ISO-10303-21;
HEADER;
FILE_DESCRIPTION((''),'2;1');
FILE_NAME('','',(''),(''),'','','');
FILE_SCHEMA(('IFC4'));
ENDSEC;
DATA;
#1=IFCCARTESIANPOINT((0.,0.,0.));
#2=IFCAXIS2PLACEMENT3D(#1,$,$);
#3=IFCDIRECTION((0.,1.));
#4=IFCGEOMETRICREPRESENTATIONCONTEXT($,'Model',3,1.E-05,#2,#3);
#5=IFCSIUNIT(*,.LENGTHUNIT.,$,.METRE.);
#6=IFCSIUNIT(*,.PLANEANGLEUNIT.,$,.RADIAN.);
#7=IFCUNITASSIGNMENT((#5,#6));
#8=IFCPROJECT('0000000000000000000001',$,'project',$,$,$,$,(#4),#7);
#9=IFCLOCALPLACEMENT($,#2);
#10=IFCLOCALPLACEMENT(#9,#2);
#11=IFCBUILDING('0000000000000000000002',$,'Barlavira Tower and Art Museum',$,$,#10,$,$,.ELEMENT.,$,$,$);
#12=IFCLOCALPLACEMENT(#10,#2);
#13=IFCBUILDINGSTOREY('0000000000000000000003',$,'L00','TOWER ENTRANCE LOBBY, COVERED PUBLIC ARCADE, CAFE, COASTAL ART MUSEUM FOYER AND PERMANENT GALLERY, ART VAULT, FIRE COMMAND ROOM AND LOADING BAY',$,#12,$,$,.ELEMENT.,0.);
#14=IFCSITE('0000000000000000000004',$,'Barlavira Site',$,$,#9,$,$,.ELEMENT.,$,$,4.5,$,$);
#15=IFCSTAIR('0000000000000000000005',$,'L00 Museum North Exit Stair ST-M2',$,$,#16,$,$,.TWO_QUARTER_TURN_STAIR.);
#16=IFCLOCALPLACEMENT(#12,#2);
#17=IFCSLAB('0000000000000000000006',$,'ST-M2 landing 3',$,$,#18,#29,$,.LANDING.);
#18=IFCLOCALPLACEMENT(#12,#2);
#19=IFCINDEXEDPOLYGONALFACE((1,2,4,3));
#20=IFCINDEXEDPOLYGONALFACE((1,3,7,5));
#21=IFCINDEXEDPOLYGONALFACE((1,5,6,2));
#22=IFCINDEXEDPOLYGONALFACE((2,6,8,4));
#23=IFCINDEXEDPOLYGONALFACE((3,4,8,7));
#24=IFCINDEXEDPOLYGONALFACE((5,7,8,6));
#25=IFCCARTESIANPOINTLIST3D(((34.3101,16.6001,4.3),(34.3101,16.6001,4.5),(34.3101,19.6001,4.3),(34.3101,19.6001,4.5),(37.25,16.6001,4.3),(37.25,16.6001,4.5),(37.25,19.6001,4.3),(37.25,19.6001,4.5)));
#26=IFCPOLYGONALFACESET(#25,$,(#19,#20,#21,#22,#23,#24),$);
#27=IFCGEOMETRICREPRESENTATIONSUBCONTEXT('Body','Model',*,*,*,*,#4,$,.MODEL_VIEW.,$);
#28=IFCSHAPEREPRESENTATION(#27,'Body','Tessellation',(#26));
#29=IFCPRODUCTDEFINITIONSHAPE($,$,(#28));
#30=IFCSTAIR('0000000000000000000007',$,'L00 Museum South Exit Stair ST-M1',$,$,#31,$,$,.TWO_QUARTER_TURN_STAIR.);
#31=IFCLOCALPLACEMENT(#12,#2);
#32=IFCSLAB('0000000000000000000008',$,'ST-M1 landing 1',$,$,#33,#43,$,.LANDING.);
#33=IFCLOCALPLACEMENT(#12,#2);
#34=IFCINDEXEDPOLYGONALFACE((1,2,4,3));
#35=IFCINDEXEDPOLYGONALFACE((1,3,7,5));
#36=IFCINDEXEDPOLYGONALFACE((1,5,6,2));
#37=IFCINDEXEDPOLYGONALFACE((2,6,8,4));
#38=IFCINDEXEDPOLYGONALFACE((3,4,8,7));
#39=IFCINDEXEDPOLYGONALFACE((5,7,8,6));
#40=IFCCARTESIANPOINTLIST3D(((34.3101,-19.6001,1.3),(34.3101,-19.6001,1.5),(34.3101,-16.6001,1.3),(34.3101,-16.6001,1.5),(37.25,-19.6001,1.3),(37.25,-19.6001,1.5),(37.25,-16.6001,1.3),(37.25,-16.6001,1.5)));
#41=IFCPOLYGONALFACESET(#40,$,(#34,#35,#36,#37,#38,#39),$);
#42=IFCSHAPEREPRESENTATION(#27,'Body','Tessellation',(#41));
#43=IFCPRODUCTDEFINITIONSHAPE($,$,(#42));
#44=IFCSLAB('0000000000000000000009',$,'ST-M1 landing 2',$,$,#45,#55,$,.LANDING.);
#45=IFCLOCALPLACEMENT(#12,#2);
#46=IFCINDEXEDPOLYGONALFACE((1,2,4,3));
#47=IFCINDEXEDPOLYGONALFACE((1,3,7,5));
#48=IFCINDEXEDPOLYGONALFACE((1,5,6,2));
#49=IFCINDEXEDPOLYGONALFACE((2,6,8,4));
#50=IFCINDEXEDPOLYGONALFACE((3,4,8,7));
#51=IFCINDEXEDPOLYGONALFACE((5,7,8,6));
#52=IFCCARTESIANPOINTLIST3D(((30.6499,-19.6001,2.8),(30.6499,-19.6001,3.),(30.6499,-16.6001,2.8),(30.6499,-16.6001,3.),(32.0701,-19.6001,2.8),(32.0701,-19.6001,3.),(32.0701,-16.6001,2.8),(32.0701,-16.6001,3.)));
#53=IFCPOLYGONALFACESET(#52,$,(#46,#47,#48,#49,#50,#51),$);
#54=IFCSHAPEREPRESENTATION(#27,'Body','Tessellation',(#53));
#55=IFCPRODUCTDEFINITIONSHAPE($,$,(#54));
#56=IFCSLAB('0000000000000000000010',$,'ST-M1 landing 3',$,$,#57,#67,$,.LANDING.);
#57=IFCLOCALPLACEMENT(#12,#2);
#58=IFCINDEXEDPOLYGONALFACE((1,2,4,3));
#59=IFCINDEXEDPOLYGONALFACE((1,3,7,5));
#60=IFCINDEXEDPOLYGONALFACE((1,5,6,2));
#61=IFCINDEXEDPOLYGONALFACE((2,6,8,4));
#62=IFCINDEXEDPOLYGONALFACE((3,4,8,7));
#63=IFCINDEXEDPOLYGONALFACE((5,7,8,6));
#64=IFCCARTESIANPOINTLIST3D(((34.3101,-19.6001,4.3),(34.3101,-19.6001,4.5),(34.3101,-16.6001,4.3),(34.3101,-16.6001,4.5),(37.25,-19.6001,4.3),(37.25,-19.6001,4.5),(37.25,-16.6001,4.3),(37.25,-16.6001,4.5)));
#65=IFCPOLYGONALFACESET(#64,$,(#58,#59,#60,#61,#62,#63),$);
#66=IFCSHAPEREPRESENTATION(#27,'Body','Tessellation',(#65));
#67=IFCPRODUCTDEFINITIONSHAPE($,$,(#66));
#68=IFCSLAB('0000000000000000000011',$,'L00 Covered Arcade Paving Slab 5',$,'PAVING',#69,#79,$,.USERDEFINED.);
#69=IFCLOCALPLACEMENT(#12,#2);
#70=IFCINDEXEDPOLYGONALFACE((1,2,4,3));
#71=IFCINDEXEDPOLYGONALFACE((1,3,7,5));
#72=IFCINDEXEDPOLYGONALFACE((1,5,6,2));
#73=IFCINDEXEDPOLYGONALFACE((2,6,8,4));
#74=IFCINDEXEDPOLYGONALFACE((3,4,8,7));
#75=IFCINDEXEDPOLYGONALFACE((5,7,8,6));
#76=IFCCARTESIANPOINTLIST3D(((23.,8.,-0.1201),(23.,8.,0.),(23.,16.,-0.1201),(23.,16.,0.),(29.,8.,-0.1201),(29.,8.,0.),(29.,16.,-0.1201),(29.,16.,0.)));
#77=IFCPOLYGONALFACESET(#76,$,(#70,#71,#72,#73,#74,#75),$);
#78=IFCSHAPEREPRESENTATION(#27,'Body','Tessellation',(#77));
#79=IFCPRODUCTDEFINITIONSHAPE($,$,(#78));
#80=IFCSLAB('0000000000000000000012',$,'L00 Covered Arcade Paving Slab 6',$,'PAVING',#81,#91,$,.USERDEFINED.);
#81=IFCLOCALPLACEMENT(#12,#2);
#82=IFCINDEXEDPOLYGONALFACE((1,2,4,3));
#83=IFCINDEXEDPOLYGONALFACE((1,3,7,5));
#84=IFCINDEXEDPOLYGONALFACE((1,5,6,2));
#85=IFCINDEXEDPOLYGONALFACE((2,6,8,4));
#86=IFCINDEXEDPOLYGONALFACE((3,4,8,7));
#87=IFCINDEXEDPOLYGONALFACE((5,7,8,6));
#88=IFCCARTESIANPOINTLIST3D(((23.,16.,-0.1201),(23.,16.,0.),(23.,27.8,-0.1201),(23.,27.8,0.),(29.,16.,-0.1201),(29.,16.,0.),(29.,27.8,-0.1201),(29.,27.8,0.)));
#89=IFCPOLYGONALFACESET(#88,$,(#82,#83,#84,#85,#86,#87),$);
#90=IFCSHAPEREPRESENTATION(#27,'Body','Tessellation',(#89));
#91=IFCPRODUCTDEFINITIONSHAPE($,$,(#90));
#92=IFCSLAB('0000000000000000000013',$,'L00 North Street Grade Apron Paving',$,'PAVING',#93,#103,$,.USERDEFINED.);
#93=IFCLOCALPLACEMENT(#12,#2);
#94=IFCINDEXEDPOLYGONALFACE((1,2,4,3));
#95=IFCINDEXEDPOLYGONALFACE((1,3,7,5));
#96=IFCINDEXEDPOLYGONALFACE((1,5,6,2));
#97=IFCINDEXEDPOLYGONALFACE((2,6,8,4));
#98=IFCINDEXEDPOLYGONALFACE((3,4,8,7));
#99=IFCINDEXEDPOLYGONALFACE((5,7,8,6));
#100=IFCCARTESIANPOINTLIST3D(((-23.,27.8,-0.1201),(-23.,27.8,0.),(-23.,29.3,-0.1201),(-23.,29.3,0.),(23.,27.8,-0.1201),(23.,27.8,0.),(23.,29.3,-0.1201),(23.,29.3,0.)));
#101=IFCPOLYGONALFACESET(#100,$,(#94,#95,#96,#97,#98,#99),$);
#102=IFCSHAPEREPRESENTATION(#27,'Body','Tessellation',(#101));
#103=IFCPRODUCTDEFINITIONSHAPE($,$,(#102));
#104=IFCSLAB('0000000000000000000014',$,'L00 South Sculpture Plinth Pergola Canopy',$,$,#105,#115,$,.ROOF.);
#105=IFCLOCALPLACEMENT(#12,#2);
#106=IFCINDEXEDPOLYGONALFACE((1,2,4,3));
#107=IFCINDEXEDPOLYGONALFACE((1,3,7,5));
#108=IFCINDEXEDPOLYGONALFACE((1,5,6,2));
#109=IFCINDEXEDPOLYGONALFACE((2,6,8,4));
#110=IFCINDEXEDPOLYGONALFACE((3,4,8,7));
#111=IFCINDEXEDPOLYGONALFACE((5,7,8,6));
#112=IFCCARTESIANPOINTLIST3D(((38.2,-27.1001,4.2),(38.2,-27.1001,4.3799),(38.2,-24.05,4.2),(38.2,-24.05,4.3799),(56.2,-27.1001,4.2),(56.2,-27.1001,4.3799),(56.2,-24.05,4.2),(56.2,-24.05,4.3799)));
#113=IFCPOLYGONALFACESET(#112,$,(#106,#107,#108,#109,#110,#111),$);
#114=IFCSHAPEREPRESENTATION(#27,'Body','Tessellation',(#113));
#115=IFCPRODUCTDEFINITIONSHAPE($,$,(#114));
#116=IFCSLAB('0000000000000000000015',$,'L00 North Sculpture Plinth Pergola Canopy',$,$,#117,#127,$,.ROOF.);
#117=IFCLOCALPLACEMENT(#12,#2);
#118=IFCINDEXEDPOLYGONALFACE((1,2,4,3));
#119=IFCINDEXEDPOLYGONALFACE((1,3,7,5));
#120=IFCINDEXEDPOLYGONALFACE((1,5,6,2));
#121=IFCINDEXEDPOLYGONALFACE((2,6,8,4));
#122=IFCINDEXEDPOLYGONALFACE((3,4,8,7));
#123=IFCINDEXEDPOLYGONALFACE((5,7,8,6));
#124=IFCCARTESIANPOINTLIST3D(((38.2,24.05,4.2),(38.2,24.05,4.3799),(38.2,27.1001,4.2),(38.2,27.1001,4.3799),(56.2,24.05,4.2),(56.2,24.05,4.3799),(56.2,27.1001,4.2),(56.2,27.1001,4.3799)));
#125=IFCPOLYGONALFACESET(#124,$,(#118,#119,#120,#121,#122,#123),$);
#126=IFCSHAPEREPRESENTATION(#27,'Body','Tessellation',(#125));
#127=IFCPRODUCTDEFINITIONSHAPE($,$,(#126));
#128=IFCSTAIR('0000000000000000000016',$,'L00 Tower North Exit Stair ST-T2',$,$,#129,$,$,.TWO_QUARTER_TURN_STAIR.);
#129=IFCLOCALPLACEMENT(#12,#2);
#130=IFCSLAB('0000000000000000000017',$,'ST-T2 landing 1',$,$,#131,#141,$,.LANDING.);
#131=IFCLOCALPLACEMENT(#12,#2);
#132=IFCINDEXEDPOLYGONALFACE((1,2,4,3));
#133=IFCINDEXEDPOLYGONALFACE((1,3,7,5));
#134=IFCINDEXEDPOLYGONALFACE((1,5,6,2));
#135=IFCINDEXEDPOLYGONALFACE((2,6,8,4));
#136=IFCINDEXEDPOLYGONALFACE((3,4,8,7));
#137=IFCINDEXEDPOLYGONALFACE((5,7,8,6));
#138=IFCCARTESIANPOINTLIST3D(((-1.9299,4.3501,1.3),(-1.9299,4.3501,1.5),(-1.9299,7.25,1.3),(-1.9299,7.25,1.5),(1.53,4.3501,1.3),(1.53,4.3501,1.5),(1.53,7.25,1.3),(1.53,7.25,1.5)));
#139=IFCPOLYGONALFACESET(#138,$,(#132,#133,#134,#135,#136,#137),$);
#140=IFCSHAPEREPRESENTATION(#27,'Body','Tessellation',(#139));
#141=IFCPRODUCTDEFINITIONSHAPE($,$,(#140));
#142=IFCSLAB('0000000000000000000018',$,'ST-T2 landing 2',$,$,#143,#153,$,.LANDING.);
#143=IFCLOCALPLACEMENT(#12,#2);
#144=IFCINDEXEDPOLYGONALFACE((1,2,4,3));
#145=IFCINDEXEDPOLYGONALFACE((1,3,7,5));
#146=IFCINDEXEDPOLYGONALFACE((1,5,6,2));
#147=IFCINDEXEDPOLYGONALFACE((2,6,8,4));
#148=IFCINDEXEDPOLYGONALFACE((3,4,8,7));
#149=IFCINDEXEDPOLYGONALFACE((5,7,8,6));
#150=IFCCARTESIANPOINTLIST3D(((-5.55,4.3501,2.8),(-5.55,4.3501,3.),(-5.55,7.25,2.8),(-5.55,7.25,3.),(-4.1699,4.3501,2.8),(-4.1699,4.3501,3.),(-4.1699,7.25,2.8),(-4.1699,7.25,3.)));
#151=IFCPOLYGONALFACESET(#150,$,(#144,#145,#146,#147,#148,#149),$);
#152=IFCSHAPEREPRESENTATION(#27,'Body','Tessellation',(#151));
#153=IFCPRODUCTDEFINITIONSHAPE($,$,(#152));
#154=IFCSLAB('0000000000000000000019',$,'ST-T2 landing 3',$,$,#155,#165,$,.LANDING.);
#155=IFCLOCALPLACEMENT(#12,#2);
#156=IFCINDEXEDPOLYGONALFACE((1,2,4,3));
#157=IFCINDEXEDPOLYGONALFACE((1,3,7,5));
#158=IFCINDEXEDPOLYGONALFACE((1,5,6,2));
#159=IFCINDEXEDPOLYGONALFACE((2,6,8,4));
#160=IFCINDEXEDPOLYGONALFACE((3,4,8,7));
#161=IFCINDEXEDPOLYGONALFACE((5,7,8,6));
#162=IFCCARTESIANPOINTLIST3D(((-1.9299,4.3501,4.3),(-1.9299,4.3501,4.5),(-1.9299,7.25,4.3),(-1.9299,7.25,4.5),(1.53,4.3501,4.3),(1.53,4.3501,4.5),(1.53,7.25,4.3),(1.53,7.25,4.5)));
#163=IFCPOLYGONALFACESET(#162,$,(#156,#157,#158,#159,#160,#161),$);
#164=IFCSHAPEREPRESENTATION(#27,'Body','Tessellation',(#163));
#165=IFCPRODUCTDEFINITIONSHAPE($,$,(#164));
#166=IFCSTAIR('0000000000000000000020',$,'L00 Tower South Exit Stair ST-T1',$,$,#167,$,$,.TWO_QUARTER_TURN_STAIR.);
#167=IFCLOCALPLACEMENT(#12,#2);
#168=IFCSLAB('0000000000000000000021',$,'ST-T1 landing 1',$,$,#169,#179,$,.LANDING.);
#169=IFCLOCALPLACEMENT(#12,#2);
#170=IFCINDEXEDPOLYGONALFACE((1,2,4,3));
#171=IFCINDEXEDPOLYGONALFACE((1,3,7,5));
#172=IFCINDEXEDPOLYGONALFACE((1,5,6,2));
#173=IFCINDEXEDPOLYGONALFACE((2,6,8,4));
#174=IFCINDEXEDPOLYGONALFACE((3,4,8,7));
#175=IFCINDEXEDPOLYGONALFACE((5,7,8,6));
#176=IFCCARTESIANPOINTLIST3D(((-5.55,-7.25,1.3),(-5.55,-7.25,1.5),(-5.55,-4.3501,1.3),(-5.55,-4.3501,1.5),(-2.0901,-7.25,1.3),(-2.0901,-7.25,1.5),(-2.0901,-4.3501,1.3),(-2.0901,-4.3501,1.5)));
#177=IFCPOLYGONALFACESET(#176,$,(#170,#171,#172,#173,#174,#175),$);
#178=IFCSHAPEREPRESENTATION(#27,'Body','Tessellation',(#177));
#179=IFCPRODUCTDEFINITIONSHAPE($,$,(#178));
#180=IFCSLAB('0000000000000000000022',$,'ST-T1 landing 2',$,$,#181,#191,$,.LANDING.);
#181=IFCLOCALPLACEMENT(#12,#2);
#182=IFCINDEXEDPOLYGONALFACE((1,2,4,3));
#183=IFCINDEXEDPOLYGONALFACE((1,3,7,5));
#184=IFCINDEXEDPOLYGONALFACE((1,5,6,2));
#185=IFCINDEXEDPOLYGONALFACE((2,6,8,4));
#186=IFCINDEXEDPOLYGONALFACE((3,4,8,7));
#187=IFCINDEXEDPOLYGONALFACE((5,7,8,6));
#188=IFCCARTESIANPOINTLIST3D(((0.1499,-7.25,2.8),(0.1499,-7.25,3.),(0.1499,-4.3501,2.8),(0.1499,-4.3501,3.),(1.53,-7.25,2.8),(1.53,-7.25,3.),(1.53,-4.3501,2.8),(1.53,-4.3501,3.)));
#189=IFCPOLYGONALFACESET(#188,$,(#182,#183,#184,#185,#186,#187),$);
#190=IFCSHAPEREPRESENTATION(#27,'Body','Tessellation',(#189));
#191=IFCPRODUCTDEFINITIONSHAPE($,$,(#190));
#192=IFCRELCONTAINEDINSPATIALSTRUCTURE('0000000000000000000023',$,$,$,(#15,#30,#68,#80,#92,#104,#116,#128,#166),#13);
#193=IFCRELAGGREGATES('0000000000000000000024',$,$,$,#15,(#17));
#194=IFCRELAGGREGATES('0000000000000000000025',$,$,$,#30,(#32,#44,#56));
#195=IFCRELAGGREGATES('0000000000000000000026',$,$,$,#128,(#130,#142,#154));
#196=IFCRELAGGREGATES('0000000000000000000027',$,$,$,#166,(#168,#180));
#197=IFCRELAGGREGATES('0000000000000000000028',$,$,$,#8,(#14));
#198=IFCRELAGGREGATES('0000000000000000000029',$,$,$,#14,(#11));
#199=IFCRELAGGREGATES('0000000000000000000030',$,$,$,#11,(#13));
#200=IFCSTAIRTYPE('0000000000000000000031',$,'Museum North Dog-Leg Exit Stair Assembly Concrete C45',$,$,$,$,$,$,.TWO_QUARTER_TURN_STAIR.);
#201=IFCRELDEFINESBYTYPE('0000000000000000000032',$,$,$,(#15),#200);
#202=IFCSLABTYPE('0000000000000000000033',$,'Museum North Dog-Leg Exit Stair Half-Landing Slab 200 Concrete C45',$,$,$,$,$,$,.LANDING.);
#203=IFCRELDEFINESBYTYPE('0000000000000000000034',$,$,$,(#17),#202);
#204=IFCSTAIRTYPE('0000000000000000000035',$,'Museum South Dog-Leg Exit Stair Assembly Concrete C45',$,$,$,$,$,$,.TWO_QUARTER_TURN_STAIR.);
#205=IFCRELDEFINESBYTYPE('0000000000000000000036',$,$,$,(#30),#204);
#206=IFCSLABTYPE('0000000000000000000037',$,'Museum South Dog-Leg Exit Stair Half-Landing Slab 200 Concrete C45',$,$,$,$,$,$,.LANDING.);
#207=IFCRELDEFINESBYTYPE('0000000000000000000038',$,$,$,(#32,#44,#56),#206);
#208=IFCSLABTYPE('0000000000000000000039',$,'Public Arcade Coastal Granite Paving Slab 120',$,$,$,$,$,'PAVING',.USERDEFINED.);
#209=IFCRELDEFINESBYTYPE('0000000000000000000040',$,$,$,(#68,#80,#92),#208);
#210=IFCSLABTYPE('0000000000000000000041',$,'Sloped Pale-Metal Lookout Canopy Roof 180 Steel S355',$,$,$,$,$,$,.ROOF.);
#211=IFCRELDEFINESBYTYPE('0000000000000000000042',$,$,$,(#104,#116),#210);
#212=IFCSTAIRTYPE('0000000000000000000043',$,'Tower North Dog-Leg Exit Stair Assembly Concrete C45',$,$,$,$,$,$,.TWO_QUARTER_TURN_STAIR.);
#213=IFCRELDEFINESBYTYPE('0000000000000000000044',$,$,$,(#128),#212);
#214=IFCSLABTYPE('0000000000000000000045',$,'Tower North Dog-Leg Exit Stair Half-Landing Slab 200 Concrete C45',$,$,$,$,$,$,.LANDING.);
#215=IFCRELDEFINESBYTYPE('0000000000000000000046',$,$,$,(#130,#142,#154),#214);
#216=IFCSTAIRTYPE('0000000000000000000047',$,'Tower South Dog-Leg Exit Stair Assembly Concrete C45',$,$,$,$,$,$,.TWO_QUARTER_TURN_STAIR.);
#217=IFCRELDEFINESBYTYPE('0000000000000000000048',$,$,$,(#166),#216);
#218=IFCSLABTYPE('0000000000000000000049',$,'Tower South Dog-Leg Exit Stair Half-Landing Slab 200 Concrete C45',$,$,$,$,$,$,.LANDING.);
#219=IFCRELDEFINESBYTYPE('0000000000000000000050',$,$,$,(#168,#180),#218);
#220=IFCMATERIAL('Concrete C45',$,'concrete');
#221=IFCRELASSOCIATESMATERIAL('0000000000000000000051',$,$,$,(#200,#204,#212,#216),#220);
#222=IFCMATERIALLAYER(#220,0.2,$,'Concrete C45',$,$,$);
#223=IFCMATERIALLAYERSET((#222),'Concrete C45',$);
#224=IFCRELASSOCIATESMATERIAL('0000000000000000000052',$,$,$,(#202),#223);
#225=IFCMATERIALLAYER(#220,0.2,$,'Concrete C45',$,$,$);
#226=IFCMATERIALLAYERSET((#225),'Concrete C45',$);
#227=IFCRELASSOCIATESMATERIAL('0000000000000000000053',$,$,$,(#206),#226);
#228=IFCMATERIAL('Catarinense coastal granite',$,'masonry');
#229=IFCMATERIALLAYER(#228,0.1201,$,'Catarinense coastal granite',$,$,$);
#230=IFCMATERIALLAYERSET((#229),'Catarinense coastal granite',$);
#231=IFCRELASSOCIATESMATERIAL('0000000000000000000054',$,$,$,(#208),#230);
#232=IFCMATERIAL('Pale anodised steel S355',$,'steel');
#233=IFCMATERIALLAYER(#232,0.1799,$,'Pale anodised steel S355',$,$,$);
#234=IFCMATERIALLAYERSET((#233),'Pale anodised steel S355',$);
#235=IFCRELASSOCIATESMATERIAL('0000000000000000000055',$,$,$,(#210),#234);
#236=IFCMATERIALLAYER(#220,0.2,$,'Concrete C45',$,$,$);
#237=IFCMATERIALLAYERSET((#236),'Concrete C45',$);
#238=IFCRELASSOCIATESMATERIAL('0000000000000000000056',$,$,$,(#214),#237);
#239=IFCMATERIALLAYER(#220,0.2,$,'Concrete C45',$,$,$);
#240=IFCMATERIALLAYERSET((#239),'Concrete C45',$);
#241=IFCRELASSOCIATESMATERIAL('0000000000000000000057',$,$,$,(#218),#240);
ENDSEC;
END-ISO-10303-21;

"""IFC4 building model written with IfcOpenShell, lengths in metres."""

from ifc_helpers import new_model, si_unit, direction, frame, origin, place, context, subcontext, project, spatial, polyline, outline, extrude, material, layer, layer_set, type_object, element, aggregate, save


model = new_model("IFC4")

# Units and contexts
model_context = context("Model", 3, precision=1e-05, world=origin(), true_north=direction((0.0, 1.0)))
body_context = subcontext(model_context, "Body", "Model", "MODEL_VIEW")
ifc_project = project(units=[si_unit("LENGTHUNIT", "METRE"), si_unit("PLANEANGLEUNIT", "RADIAN")], contexts=[model_context])

# Site, building, storey
site_placement = place(None, origin())
site = spatial("IfcSite", under=ifc_project, at=site_placement, Name="Barlavira Site", CompositionType="ELEMENT", RefElevation=4.5)
building_placement = place(site_placement, origin())
building = spatial("IfcBuilding", under=site, at=building_placement, Name="Barlavira Tower and Art Museum", CompositionType="ELEMENT")
storey_placement = place(building_placement, origin())
storey = spatial("IfcBuildingStorey", under=building, at=storey_placement, Name="L00", Description="TOWER ENTRANCE LOBBY, COVERED PUBLIC ARCADE, CAFE, COASTAL ART MUSEUM FOYER AND PERMANENT GALLERY, ART VAULT, FIRE COMMAND ROOM AND LOADING BAY", CompositionType="ELEMENT", Elevation=0.0)

# Stairs, slabs
ifc_material_1 = material(Name="Concrete C45", Category="concrete")
stair_type_1 = type_object("IfcStairType", Name="Museum North Dog-Leg Exit Stair Assembly Concrete C45", PredefinedType="TWO_QUARTER_TURN_STAIR", material=ifc_material_1)
stair_1_placement = place(storey_placement, origin())
stair_1 = element("IfcStair", 1, at=stair_1_placement, inside=storey, type_object=stair_type_1, Name="L00 Museum North Exit Stair ST-M2", PredefinedType="TWO_QUARTER_TURN_STAIR")
ifc_layer_1 = layer(ifc_material_1, 0.2, Name="Concrete C45")
ifc_layer_set_1 = layer_set([ifc_layer_1], Name="Concrete C45")
slab_type_1 = type_object("IfcSlabType", Name="Museum North Dog-Leg Exit Stair Half-Landing Slab 200 Concrete C45", PredefinedType="LANDING", material=ifc_layer_set_1)
slab_1_placement = place(storey_placement, frame((0.0, 0.0, 4.3)))
slab_1 = element("IfcSlab", 2, at=slab_1_placement, type_object=slab_type_1, Name="ST-M2 landing 3", PredefinedType="LANDING", context=body_context, shape_type="SweptSolid", body=[
    extrude(outline(polyline([(34.3101, 16.6001), (37.25, 16.6001), (37.25, 19.6001), (34.3101, 19.6001), (34.3101, 16.6001)])), origin(), (0.0, 0.0, 1.0), 0.2),
])
aggregate(stair_1, [slab_1])
stair_type_2 = type_object("IfcStairType", Name="Museum South Dog-Leg Exit Stair Assembly Concrete C45", PredefinedType="TWO_QUARTER_TURN_STAIR", material=ifc_material_1)
stair_2_placement = place(storey_placement, origin())
stair_2 = element("IfcStair", 3, at=stair_2_placement, inside=storey, type_object=stair_type_2, Name="L00 Museum South Exit Stair ST-M1", PredefinedType="TWO_QUARTER_TURN_STAIR")
ifc_layer_2 = layer(ifc_material_1, 0.2, Name="Concrete C45")
ifc_layer_set_2 = layer_set([ifc_layer_2], Name="Concrete C45")
slab_type_2 = type_object("IfcSlabType", Name="Museum South Dog-Leg Exit Stair Half-Landing Slab 200 Concrete C45", PredefinedType="LANDING", material=ifc_layer_set_2)
slab_2_placement = place(storey_placement, frame((0.0, 0.0, 1.3)))
slab_2 = element("IfcSlab", 4, at=slab_2_placement, type_object=slab_type_2, Name="ST-M1 landing 1", PredefinedType="LANDING", context=body_context, shape_type="SweptSolid", body=[
    extrude(outline(polyline([(34.3101, -19.6001), (37.25, -19.6001), (37.25, -16.6001), (34.3101, -16.6001), (34.3101, -19.6001)])), origin(), (0.0, 0.0, 1.0), 0.2),
])
slab_3_placement = place(storey_placement, frame((0.0, 0.0, 2.8)))
slab_3 = element("IfcSlab", 5, at=slab_3_placement, type_object=slab_type_2, Name="ST-M1 landing 2", PredefinedType="LANDING", context=body_context, shape_type="SweptSolid", body=[
    extrude(outline(polyline([(30.6499, -19.6001), (32.0701, -19.6001), (32.0701, -16.6001), (30.6499, -16.6001), (30.6499, -19.6001)])), origin(), (0.0, 0.0, 1.0), 0.2),
])
slab_4_placement = place(storey_placement, frame((0.0, 0.0, 4.3)))
slab_4 = element("IfcSlab", 6, at=slab_4_placement, type_object=slab_type_2, Name="ST-M1 landing 3", PredefinedType="LANDING", context=body_context, shape_type="SweptSolid", body=[
    extrude(outline(polyline([(34.3101, -19.6001), (37.25, -19.6001), (37.25, -16.6001), (34.3101, -16.6001), (34.3101, -19.6001)])), origin(), (0.0, 0.0, 1.0), 0.2),
])
aggregate(stair_2, [slab_2, slab_3, slab_4])

# Slabs
ifc_material_2 = material(Name="Catarinense coastal granite", Category="masonry")
ifc_layer_3 = layer(ifc_material_2, 0.1201, Name="Catarinense coastal granite")
ifc_layer_set_3 = layer_set([ifc_layer_3], Name="Catarinense coastal granite")
slab_type_3 = type_object("IfcSlabType", Name="Public Arcade Coastal Granite Paving Slab 120", ElementType="PAVING", PredefinedType="USERDEFINED", material=ifc_layer_set_3)
slab_5_placement = place(storey_placement, frame((0.0, 0.0, -0.1201)))
element("IfcSlab", 7, at=slab_5_placement, inside=storey, type_object=slab_type_3, Name="L00 Covered Arcade Paving Slab 5", ObjectType="PAVING", PredefinedType="USERDEFINED", context=body_context, shape_type="SweptSolid", body=[
    extrude(outline(polyline([(23.0, 8.0), (29.0, 8.0), (29.0, 16.0), (23.0, 16.0), (23.0, 8.0)])), origin(), (0.0, 0.0, 1.0), 0.1201),
])
slab_6_placement = place(storey_placement, frame((0.0, 0.0, -0.1201)))
element("IfcSlab", 8, at=slab_6_placement, inside=storey, type_object=slab_type_3, Name="L00 Covered Arcade Paving Slab 6", ObjectType="PAVING", PredefinedType="USERDEFINED", context=body_context, shape_type="SweptSolid", body=[
    extrude(outline(polyline([(23.0, 16.0), (29.0, 16.0), (29.0, 27.8), (23.0, 27.8), (23.0, 16.0)])), origin(), (0.0, 0.0, 1.0), 0.1201),
])
slab_7_placement = place(storey_placement, frame((0.0, 0.0, -0.1201)))
element("IfcSlab", 9, at=slab_7_placement, inside=storey, type_object=slab_type_3, Name="L00 North Street Grade Apron Paving", ObjectType="PAVING", PredefinedType="USERDEFINED", context=body_context, shape_type="SweptSolid", body=[
    extrude(outline(polyline([(-23.0, 27.8), (23.0, 27.8), (23.0, 29.3), (-23.0, 29.3), (-23.0, 27.8)])), origin(), (0.0, 0.0, 1.0), 0.1201),
])
ifc_material_3 = material(Name="Pale anodised steel S355", Category="steel")
ifc_layer_4 = layer(ifc_material_3, 0.1799, Name="Pale anodised steel S355")
ifc_layer_set_4 = layer_set([ifc_layer_4], Name="Pale anodised steel S355")
slab_type_4 = type_object("IfcSlabType", Name="Sloped Pale-Metal Lookout Canopy Roof 180 Steel S355", PredefinedType="ROOF", material=ifc_layer_set_4)
slab_8_placement = place(storey_placement, frame((0.0, 0.0, 4.2)))
element("IfcSlab", 10, at=slab_8_placement, inside=storey, type_object=slab_type_4, Name="L00 South Sculpture Plinth Pergola Canopy", PredefinedType="ROOF", context=body_context, shape_type="SweptSolid", body=[
    extrude(outline(polyline([(38.2, -27.1001), (56.2, -27.1001), (56.2, -24.05), (38.2, -24.05), (38.2, -27.1001)])), origin(), (0.0, 0.0, 1.0), 0.1799),
])
slab_9_placement = place(storey_placement, frame((0.0, 0.0, 4.2)))
element("IfcSlab", 11, at=slab_9_placement, inside=storey, type_object=slab_type_4, Name="L00 North Sculpture Plinth Pergola Canopy", PredefinedType="ROOF", context=body_context, shape_type="SweptSolid", body=[
    extrude(outline(polyline([(38.2, 24.05), (56.2, 24.05), (56.2, 27.1001), (38.2, 27.1001), (38.2, 24.05)])), origin(), (0.0, 0.0, 1.0), 0.1799),
])

# Stairs, slabs
stair_type_3 = type_object("IfcStairType", Name="Tower North Dog-Leg Exit Stair Assembly Concrete C45", PredefinedType="TWO_QUARTER_TURN_STAIR", material=ifc_material_1)
stair_3_placement = place(storey_placement, origin())
stair_3 = element("IfcStair", 12, at=stair_3_placement, inside=storey, type_object=stair_type_3, Name="L00 Tower North Exit Stair ST-T2", PredefinedType="TWO_QUARTER_TURN_STAIR")
ifc_layer_5 = layer(ifc_material_1, 0.2, Name="Concrete C45")
ifc_layer_set_5 = layer_set([ifc_layer_5], Name="Concrete C45")
slab_type_5 = type_object("IfcSlabType", Name="Tower North Dog-Leg Exit Stair Half-Landing Slab 200 Concrete C45", PredefinedType="LANDING", material=ifc_layer_set_5)
slab_10_placement = place(storey_placement, frame((0.0, 0.0, 1.3)))
slab_10 = element("IfcSlab", 13, at=slab_10_placement, type_object=slab_type_5, Name="ST-T2 landing 1", PredefinedType="LANDING", context=body_context, shape_type="SweptSolid", body=[
    extrude(outline(polyline([(-1.9299, 4.3501), (1.53, 4.3501), (1.53, 7.25), (-1.9299, 7.25), (-1.9299, 4.3501)])), origin(), (0.0, 0.0, 1.0), 0.2),
])
slab_11_placement = place(storey_placement, frame((0.0, 0.0, 2.8)))
slab_11 = element("IfcSlab", 14, at=slab_11_placement, type_object=slab_type_5, Name="ST-T2 landing 2", PredefinedType="LANDING", context=body_context, shape_type="SweptSolid", body=[
    extrude(outline(polyline([(-5.55, 4.3501), (-4.1699, 4.3501), (-4.1699, 7.25), (-5.55, 7.25), (-5.55, 4.3501)])), origin(), (0.0, 0.0, 1.0), 0.2),
])
slab_12_placement = place(storey_placement, frame((0.0, 0.0, 4.3)))
slab_12 = element("IfcSlab", 15, at=slab_12_placement, type_object=slab_type_5, Name="ST-T2 landing 3", PredefinedType="LANDING", context=body_context, shape_type="SweptSolid", body=[
    extrude(outline(polyline([(-1.9299, 4.3501), (1.53, 4.3501), (1.53, 7.25), (-1.9299, 7.25), (-1.9299, 4.3501)])), origin(), (0.0, 0.0, 1.0), 0.2),
])
aggregate(stair_3, [slab_10, slab_11, slab_12])
stair_type_4 = type_object("IfcStairType", Name="Tower South Dog-Leg Exit Stair Assembly Concrete C45", PredefinedType="TWO_QUARTER_TURN_STAIR", material=ifc_material_1)
stair_4_placement = place(storey_placement, origin())
stair_4 = element("IfcStair", 16, at=stair_4_placement, inside=storey, type_object=stair_type_4, Name="L00 Tower South Exit Stair ST-T1", PredefinedType="TWO_QUARTER_TURN_STAIR")
ifc_layer_6 = layer(ifc_material_1, 0.2, Name="Concrete C45")
ifc_layer_set_6 = layer_set([ifc_layer_6], Name="Concrete C45")
slab_type_6 = type_object("IfcSlabType", Name="Tower South Dog-Leg Exit Stair Half-Landing Slab 200 Concrete C45", PredefinedType="LANDING", material=ifc_layer_set_6)
slab_13_placement = place(storey_placement, frame((0.0, 0.0, 1.3)))
slab_13 = element("IfcSlab", 17, at=slab_13_placement, type_object=slab_type_6, Name="ST-T1 landing 1", PredefinedType="LANDING", context=body_context, shape_type="SweptSolid", body=[
    extrude(outline(polyline([(-2.0901, -4.3501), (-5.55, -4.3501), (-5.55, -7.25), (-2.0901, -7.25), (-2.0901, -4.3501)])), origin(), (0.0, 0.0, 1.0), 0.2),
])
slab_14_placement = place(storey_placement, frame((0.0, 0.0, 2.8)))
slab_14 = element("IfcSlab", 18, at=slab_14_placement, type_object=slab_type_6, Name="ST-T1 landing 2", PredefinedType="LANDING", context=body_context, shape_type="SweptSolid", body=[
    extrude(outline(polyline([(1.53, -4.3501), (0.1499, -4.3501), (0.1499, -7.25), (1.53, -7.25), (1.53, -4.3501)])), origin(), (0.0, 0.0, 1.0), 0.2),
])
aggregate(stair_4, [slab_13, slab_14])

save(model, "model.ifc")
